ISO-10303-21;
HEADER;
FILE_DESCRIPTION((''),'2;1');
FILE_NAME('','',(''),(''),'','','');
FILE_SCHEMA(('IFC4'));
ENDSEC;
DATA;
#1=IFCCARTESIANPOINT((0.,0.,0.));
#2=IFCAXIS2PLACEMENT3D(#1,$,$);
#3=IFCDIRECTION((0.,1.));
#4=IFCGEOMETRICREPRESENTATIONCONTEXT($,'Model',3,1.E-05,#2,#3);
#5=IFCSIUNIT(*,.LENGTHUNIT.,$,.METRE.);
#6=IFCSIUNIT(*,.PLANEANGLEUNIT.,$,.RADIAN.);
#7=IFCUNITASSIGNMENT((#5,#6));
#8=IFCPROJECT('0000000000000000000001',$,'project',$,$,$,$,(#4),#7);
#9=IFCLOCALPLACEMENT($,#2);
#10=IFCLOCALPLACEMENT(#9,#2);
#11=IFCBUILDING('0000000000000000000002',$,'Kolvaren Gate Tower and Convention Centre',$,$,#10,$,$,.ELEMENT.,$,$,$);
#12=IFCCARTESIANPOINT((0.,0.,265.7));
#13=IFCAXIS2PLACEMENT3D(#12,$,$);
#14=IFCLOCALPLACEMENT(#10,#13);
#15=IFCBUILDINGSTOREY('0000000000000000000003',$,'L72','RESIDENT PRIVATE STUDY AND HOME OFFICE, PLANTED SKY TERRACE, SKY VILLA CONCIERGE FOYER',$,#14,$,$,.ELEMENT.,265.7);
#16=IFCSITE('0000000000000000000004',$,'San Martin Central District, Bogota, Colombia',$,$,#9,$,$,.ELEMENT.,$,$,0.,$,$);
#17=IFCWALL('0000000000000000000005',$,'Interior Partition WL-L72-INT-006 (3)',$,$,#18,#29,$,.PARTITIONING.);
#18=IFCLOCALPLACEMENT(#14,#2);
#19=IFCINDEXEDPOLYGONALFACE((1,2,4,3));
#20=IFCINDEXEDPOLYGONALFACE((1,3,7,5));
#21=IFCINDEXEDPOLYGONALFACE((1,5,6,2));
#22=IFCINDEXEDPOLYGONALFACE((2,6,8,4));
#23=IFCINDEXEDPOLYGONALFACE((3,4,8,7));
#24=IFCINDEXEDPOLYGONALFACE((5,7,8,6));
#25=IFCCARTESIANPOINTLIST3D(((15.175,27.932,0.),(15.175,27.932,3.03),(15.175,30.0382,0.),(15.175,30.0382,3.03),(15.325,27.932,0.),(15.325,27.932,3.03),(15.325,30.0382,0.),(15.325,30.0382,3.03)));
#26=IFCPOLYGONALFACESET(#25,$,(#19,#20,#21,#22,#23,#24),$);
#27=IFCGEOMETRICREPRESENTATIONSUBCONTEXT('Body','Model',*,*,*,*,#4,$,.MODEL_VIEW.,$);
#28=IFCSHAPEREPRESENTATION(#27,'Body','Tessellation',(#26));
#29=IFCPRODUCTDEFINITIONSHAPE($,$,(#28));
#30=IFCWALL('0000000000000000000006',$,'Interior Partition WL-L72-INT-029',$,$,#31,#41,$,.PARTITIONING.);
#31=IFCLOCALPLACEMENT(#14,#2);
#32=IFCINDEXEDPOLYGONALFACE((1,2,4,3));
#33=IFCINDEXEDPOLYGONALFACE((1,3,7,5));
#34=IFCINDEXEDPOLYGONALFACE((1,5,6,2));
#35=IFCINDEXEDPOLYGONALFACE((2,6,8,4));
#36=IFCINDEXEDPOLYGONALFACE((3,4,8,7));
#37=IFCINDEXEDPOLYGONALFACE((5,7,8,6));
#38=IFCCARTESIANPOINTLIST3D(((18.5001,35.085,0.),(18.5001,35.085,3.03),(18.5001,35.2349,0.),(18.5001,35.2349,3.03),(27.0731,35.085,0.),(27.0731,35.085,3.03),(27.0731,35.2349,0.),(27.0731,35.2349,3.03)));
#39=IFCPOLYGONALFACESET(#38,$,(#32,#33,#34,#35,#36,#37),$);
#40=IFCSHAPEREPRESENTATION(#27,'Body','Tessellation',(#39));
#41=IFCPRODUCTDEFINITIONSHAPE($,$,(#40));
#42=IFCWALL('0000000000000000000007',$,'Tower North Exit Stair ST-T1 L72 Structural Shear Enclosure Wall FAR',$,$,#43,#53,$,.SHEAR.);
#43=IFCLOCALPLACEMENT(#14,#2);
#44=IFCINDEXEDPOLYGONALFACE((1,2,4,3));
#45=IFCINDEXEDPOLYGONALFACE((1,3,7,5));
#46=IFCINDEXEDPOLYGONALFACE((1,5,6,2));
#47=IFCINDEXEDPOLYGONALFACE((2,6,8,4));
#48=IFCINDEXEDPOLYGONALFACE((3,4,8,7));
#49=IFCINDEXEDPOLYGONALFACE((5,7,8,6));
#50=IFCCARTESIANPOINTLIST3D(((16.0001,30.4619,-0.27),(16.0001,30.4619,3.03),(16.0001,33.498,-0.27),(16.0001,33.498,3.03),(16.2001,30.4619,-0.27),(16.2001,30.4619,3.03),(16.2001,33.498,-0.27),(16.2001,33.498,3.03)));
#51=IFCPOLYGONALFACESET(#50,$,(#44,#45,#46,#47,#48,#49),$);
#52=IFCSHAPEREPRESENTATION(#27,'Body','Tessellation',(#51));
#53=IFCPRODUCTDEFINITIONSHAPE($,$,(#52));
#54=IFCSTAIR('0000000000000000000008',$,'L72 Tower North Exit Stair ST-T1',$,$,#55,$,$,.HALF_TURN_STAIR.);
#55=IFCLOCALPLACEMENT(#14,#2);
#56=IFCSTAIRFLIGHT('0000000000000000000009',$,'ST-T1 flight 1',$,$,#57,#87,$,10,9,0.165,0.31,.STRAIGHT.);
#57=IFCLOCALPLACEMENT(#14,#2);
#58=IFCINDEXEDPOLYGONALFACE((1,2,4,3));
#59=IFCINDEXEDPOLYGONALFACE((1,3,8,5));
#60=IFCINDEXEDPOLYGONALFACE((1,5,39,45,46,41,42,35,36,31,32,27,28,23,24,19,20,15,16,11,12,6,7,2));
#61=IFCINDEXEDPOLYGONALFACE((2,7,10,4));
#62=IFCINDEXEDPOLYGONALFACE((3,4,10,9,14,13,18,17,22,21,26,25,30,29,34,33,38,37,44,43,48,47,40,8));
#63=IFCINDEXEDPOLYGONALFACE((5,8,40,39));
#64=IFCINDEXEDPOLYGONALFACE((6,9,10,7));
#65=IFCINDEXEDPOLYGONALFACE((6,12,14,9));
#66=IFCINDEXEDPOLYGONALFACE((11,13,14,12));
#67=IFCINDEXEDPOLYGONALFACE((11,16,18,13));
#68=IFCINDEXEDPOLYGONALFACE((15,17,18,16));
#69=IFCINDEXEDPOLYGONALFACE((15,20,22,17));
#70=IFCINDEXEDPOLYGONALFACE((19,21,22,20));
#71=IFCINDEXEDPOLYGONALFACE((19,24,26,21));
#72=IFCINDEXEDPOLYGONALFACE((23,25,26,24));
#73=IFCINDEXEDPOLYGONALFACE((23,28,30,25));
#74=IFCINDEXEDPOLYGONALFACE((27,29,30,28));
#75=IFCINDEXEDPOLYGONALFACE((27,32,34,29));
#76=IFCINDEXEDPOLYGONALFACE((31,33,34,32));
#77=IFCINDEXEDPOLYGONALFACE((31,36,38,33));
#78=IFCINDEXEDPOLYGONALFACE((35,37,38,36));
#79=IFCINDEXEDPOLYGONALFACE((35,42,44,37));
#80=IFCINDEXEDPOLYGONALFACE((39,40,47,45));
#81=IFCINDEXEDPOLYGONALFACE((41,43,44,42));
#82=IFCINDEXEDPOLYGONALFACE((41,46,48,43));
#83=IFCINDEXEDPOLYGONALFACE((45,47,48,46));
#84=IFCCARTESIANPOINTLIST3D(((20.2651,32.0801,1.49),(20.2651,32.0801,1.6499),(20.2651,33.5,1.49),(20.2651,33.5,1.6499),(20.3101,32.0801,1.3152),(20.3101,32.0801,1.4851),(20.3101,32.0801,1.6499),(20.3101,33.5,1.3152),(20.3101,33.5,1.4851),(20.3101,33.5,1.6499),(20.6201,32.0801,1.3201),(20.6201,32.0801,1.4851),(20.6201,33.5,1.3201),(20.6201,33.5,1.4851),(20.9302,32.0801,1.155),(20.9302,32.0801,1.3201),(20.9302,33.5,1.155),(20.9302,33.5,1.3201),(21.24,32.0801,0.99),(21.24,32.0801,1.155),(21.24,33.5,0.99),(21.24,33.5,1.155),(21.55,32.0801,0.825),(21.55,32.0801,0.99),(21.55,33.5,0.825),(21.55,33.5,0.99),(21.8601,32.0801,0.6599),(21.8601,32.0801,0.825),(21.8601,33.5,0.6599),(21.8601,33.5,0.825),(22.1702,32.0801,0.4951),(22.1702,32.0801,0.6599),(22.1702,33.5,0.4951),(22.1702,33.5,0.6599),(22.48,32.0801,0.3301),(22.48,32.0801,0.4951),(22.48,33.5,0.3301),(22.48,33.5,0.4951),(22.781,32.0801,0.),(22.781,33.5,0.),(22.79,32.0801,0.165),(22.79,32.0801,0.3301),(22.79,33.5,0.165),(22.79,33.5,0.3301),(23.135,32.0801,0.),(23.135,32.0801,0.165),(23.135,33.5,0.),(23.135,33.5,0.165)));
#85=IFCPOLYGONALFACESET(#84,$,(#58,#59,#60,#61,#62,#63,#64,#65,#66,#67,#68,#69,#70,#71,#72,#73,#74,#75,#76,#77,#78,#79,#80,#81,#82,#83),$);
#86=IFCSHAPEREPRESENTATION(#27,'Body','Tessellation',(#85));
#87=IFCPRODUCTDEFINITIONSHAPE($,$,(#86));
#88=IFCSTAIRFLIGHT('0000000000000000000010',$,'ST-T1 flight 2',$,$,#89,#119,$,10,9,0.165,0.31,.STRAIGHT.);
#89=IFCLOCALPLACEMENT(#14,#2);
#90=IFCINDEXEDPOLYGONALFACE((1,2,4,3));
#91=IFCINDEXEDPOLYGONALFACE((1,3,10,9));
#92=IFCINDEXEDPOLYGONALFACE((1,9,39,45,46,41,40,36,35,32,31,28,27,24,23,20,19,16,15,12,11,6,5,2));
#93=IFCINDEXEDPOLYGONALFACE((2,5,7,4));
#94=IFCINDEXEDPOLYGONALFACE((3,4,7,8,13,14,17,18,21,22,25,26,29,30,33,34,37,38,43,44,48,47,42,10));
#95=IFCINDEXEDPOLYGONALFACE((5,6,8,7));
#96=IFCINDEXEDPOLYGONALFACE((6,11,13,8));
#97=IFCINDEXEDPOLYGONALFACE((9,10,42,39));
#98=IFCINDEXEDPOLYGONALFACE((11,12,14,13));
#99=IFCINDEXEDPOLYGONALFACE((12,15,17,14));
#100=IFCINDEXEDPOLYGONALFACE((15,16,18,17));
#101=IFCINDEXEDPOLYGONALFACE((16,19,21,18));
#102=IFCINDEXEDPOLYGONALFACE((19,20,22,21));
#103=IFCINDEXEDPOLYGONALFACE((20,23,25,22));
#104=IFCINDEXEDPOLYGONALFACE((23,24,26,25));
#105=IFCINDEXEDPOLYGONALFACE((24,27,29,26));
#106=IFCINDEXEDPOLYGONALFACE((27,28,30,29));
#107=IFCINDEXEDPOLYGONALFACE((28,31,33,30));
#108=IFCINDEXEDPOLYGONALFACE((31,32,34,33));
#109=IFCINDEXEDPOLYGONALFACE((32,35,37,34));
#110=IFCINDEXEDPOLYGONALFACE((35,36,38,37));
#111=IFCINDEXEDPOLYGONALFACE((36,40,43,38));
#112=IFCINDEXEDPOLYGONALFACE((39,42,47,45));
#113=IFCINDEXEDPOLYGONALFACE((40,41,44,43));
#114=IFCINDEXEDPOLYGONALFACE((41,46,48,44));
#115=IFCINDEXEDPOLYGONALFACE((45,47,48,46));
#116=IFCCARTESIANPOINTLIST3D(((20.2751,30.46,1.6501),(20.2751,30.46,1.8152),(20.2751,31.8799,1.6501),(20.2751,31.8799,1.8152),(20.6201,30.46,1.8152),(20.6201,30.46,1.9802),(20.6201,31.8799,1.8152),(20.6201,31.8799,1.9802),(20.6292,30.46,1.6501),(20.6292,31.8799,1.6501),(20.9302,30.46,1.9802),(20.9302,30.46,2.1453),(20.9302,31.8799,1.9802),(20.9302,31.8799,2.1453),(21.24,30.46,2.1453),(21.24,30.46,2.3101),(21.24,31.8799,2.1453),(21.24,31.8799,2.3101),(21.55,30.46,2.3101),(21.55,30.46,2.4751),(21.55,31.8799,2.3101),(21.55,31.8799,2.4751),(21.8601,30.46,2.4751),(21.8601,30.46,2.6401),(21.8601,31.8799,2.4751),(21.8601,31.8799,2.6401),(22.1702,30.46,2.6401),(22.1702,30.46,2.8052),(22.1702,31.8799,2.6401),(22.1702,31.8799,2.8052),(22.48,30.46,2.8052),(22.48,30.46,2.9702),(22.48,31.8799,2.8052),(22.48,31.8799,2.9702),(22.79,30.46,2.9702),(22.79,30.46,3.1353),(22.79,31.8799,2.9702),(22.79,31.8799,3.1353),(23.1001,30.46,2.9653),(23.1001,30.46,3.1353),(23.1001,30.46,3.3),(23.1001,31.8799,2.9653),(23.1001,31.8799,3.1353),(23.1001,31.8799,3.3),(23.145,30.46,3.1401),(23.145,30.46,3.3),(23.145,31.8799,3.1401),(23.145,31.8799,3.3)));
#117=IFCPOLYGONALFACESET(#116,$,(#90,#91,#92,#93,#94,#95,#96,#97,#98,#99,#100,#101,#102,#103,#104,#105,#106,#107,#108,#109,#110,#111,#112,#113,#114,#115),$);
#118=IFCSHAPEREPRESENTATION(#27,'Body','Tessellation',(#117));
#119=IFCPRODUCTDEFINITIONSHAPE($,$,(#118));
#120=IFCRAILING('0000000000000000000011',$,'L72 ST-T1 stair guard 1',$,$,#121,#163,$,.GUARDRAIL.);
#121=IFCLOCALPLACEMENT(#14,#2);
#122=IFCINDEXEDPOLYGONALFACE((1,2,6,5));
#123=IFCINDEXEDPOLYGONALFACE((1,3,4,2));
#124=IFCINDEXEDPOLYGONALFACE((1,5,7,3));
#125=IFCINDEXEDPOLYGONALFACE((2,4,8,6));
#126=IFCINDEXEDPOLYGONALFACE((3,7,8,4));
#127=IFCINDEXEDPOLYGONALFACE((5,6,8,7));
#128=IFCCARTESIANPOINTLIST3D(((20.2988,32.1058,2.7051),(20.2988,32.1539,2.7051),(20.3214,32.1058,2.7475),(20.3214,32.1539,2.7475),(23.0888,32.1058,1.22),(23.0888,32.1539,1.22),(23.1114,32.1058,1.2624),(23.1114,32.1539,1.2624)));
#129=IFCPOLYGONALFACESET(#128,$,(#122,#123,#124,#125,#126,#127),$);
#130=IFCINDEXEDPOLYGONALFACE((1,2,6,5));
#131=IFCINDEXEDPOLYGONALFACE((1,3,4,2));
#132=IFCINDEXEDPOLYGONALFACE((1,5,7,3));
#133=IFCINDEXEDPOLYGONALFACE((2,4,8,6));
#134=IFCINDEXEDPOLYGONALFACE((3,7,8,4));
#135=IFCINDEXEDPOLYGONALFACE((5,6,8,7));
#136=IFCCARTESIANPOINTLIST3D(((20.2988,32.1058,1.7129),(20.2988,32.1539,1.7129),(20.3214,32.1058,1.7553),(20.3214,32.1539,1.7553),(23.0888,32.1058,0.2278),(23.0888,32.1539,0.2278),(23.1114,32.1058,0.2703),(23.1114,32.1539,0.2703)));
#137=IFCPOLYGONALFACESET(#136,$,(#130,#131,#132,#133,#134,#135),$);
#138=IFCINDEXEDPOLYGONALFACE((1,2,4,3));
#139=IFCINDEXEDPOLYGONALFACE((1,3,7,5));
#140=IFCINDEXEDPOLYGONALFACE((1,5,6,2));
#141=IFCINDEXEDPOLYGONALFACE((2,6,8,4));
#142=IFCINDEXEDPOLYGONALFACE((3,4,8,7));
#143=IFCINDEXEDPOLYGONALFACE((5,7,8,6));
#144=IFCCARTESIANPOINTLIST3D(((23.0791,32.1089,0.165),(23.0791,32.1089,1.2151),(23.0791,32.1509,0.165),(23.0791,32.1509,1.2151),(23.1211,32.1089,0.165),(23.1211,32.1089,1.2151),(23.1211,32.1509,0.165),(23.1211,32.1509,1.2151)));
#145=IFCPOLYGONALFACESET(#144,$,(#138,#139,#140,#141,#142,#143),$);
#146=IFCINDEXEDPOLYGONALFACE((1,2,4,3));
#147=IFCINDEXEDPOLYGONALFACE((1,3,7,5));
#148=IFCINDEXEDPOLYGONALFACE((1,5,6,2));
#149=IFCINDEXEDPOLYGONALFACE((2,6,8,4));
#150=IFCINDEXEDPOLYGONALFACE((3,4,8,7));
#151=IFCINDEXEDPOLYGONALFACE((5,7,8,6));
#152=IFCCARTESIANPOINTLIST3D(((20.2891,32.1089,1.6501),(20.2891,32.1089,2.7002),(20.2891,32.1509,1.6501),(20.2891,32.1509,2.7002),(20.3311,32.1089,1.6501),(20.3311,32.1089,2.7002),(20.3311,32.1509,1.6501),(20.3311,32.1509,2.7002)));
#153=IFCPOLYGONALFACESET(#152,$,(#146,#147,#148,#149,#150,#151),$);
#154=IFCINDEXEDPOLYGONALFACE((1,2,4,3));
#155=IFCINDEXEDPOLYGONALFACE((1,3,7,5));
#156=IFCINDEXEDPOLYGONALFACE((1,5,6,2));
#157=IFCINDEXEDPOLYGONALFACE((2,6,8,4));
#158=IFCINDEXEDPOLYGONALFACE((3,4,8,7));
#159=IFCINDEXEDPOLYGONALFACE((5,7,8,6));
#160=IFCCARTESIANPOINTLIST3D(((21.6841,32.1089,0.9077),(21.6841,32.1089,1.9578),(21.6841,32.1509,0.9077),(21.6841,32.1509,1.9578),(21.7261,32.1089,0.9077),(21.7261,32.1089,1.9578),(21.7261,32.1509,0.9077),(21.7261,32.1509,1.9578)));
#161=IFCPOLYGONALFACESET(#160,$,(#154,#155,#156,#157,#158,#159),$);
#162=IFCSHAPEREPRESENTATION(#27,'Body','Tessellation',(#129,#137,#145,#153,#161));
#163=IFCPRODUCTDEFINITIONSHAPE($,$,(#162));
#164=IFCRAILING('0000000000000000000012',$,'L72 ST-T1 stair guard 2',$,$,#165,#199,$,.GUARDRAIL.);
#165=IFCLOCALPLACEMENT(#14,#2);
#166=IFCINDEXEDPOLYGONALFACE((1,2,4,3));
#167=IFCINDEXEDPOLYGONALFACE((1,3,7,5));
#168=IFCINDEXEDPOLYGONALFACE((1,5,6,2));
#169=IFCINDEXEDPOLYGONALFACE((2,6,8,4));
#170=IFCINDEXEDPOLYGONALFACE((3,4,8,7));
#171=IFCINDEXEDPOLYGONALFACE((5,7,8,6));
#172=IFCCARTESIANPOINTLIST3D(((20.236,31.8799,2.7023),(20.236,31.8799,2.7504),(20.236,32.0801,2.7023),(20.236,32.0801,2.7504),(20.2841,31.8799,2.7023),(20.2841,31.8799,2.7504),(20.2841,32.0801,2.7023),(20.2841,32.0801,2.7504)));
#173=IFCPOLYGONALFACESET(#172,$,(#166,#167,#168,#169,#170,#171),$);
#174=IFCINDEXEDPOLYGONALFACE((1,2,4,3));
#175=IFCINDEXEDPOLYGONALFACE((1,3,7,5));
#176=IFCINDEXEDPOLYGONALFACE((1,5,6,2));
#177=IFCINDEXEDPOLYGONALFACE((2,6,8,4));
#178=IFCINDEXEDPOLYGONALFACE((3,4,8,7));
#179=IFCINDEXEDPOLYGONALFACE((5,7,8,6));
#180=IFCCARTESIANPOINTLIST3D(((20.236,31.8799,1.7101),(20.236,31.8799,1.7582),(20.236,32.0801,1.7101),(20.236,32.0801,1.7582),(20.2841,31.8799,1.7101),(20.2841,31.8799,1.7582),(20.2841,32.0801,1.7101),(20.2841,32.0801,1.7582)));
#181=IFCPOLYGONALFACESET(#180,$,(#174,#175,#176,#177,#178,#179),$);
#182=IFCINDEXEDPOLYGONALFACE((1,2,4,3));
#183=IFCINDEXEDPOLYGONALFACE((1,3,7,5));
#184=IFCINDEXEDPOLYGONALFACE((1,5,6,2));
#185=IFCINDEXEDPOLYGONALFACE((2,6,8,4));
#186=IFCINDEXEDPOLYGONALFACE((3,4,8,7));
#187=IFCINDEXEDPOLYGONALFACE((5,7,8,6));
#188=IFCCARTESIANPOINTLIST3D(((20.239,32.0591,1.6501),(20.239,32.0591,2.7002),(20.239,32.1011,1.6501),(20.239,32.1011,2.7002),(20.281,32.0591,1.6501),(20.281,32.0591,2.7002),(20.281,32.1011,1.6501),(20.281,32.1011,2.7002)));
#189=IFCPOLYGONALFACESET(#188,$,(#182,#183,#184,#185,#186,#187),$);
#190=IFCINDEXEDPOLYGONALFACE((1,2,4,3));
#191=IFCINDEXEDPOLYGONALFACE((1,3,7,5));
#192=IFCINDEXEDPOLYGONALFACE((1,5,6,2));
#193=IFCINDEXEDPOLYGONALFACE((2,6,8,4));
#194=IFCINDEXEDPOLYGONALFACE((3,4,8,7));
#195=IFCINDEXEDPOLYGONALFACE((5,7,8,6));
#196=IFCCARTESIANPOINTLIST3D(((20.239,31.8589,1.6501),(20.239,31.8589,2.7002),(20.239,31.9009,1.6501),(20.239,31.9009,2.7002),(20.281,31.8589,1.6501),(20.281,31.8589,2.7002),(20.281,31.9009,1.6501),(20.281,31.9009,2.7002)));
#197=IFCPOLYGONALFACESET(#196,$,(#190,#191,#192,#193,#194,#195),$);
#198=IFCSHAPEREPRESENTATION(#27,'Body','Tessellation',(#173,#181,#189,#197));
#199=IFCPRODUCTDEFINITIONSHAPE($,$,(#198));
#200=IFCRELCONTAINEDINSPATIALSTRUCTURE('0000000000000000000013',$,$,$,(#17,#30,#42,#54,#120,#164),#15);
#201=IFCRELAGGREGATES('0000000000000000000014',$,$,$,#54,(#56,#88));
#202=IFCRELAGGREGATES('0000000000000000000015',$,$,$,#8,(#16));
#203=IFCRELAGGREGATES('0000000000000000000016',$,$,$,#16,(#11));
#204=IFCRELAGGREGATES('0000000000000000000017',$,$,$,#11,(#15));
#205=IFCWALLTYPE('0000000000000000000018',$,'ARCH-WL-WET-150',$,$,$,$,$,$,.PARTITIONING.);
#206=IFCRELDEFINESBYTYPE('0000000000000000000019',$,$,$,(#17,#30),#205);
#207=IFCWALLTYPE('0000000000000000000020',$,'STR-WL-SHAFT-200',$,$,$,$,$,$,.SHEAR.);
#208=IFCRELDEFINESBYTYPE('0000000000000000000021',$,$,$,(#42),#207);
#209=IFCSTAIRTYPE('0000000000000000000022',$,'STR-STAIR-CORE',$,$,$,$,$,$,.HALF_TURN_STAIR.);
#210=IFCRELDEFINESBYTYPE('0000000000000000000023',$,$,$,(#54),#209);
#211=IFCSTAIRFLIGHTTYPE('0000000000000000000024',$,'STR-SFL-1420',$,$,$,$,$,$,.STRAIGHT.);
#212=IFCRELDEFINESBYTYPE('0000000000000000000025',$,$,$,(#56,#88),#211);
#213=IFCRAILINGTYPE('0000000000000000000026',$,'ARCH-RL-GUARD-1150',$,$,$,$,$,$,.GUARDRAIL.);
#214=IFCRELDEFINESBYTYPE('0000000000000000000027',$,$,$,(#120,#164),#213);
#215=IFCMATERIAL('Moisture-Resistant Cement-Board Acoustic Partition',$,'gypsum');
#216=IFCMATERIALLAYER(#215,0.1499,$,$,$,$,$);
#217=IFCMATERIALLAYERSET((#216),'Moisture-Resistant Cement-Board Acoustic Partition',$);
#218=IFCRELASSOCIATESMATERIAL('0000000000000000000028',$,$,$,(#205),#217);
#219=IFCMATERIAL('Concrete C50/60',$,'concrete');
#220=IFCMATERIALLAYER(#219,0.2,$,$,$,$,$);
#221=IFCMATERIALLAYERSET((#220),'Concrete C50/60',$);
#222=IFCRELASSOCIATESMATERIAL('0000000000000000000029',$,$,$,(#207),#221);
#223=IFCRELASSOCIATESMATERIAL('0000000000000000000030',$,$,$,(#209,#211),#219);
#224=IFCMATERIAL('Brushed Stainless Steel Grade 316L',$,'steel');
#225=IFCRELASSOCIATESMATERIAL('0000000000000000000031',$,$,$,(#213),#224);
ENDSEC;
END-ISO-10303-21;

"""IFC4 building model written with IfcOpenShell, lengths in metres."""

from ifc_helpers import new_model, si_unit, direction, frame, frame_2d, origin, origin_2d, place, context, subcontext, project, spatial, polyline, rectangle, outline, extrude, material, layer, layer_set, type_object, element, aggregate, save


model = new_model("IFC4")

# Units and contexts
model_context = context("Model", 3, precision=1e-05, world=origin(), true_north=direction((0.0, 1.0)))
body_context = subcontext(model_context, "Body", "Model", "MODEL_VIEW")
ifc_project = project(units=[si_unit("LENGTHUNIT", "METRE"), si_unit("PLANEANGLEUNIT", "RADIAN")], contexts=[model_context])

# Site, building, storey
site_placement = place(None, origin())
site = spatial("IfcSite", under=ifc_project, at=site_placement, Name="San Martin Central District, Bogota, Colombia", CompositionType="ELEMENT", RefElevation=0.0)
building_placement = place(site_placement, origin())
building = spatial("IfcBuilding", under=site, at=building_placement, Name="Kolvaren Gate Tower and Convention Centre", CompositionType="ELEMENT")
storey_placement = place(building_placement, frame((0.0, 0.0, 265.7)))
storey = spatial("IfcBuildingStorey", under=building, at=storey_placement, Name="L72", Description="RESIDENT PRIVATE STUDY AND HOME OFFICE, PLANTED SKY TERRACE, SKY VILLA CONCIERGE FOYER", CompositionType="ELEMENT", Elevation=265.7)

# Walls
ifc_material_1 = material(Name="Moisture-Resistant Cement-Board Acoustic Partition", Category="gypsum")
ifc_layer_1 = layer(ifc_material_1, 0.1499)
ifc_layer_set_1 = layer_set([ifc_layer_1], Name="Moisture-Resistant Cement-Board Acoustic Partition")
wall_type_1 = type_object("IfcWallType", Name="ARCH-WL-WET-150", PredefinedType="PARTITIONING", material=ifc_layer_set_1)
wall_1_placement = place(storey_placement, frame((15.25, 27.9319, 0.0), z_axis=(0.0, 0.0, 1.0), x_axis=(0.0, 1.0, 0.0)))
element("IfcWall", 1, at=wall_1_placement, inside=storey, type_object=wall_type_1, Name="Interior Partition WL-L72-INT-006 (3)", PredefinedType="PARTITIONING", context=body_context, shape_type="SweptSolid", body=[
    extrude(rectangle(XDim=2.1062, YDim=0.1499, at=frame_2d((1.0532, 0.0))), origin(), (0.0, 0.0, 1.0), 3.03),
])
wall_2_placement = place(storey_placement, frame((18.5, 35.1599, 0.0), z_axis=(0.0, 0.0, 1.0), x_axis=(1.0, 0.0, 0.0)))
element("IfcWall", 2, at=wall_2_placement, inside=storey, type_object=wall_type_1, Name="Interior Partition WL-L72-INT-029", PredefinedType="PARTITIONING", context=body_context, shape_type="SweptSolid", body=[
    extrude(rectangle(XDim=8.573, YDim=0.1499, at=frame_2d((4.2866, 0.0))), origin(), (0.0, 0.0, 1.0), 3.03),
])
ifc_material_2 = material(Name="Concrete C50/60", Category="concrete")
ifc_layer_2 = layer(ifc_material_2, 0.2)
ifc_layer_set_2 = layer_set([ifc_layer_2], Name="Concrete C50/60")
wall_type_2 = type_object("IfcWallType", Name="STR-WL-SHAFT-200", PredefinedType="SHEAR", material=ifc_layer_set_2)
wall_3_placement = place(storey_placement, frame((16.1001, 30.4619, -0.27), z_axis=(0.0, 0.0, 1.0), x_axis=(0.0, 1.0, 0.0)))
element("IfcWall", 3, at=wall_3_placement, inside=storey, type_object=wall_type_2, Name="Tower North Exit Stair ST-T1 L72 Structural Shear Enclosure Wall FAR", PredefinedType="SHEAR", context=body_context, shape_type="SweptSolid", body=[
    extrude(rectangle(XDim=3.0361, YDim=0.2, at=frame_2d((1.5181, 0.0))), origin(), (0.0, 0.0, 1.0), 3.3),
])

# Stair, stair flights
stair_type = type_object("IfcStairType", Name="STR-STAIR-CORE", PredefinedType="HALF_TURN_STAIR", material=ifc_material_2)
stair_placement = place(storey_placement, origin())
stair = element("IfcStair", 4, at=stair_placement, inside=storey, type_object=stair_type, Name="L72 Tower North Exit Stair ST-T1", PredefinedType="HALF_TURN_STAIR")
stair_flight_type = type_object("IfcStairFlightType", Name="STR-SFL-1420", PredefinedType="STRAIGHT", material=ifc_material_2)
stair_flight_1_placement = place(storey_placement, frame((23.1001, 32.79, 0.0), z_axis=(0.0, 0.0, 1.0), x_axis=(-1.0, 0.0, 0.0)))
stair_flight_1 = element("IfcStairFlight", 5, at=stair_flight_1_placement, type_object=stair_flight_type, Name="ST-T1 flight 1", NumberOfRisers=10, NumberOfTreads=9, PredefinedType="STRAIGHT", RiserHeight=0.165, TreadLength=0.31, context=body_context, shape_type="SweptSolid", body=[
    extrude(outline(polyline([(-0.0349, 0.0), (-0.0349, 0.165), (0.3101, 0.165), (0.3101, 0.3301), (0.6201, 0.3301), (0.6201, 0.4951), (0.9299, 0.4951), (0.9299, 0.6599), (1.24, 0.6599), (1.24, 0.825), (1.55, 0.825), (1.55, 0.99), (1.8601, 0.99), (1.8601, 1.155), (2.1699, 1.155), (2.1699, 1.3201), (2.48, 1.3201), (2.48, 1.4851), (2.79, 1.4851), (2.79, 1.6499), (2.835, 1.6499), (2.835, 1.49), (2.79, 1.3152), (0.3191, 0.0), (-0.0349, 0.0)])), frame((0.0, 0.71, 0.0), z_axis=(0.0, -1.0, 0.0), x_axis=(1.0, 0.0, 0.0)), (0.0, 0.0, 1.0), 1.4199),
])
stair_flight_2_placement = place(storey_placement, frame((20.3101, 31.1699, 1.6501), z_axis=(0.0, 0.0, 1.0), x_axis=(1.0, 0.0, 0.0)))
stair_flight_2 = element("IfcStairFlight", 6, at=stair_flight_2_placement, type_object=stair_flight_type, Name="ST-T1 flight 2", NumberOfRisers=10, NumberOfTreads=9, PredefinedType="STRAIGHT", RiserHeight=0.165, TreadLength=0.31, context=body_context, shape_type="SweptSolid", body=[
    extrude(outline(polyline([(-0.0349, 0.0), (-0.0349, 0.165), (0.3101, 0.165), (0.3101, 0.3301), (0.6201, 0.3301), (0.6201, 0.4951), (0.9299, 0.4951), (0.9299, 0.6599), (1.24, 0.6599), (1.24, 0.825), (1.55, 0.825), (1.55, 0.99), (1.8601, 0.99), (1.8601, 1.155), (2.1699, 1.155), (2.1699, 1.3201), (2.48, 1.3201), (2.48, 1.4851), (2.79, 1.4851), (2.79, 1.6499), (2.835, 1.6499), (2.835, 1.49), (2.79, 1.3152), (0.3191, 0.0), (-0.0349, 0.0)])), frame((0.0, 0.71, 0.0), z_axis=(0.0, -1.0, 0.0), x_axis=(1.0, 0.0, 0.0)), (0.0, 0.0, 1.0), 1.4199),
])
aggregate(stair, [stair_flight_1, stair_flight_2])

# Railings
ifc_material_3 = material(Name="Brushed Stainless Steel Grade 316L", Category="steel")
railing_type_1 = type_object("IfcRailingType", Name="ARCH-RL-GUARD-1150", PredefinedType="GUARDRAIL", material=ifc_material_3)
railing_1_placement = place(storey_placement, frame((23.1001, 32.1299, 0.165)))
element("IfcRailing", 7, at=railing_1_placement, inside=storey, type_object=railing_type_1, Name="L72 ST-T1 stair guard 1", PredefinedType="GUARDRAIL", context=body_context, shape_type="SweptSolid", body=[
    extrude(rectangle(XDim=0.0481, YDim=0.0481, at=origin_2d()), frame((0.0, 0.0, 1.0762), z_axis=(-0.882735, 0.0, 0.46987), x_axis=(0.0, -1.0, 0.0)), (0.0, 0.0, 1.0), 3.1606),
    extrude(rectangle(XDim=0.0481, YDim=0.0481, at=origin_2d()), frame((0.0, 0.0, 0.084), z_axis=(-0.882735, 0.0, 0.46987), x_axis=(0.0, -1.0, 0.0)), (0.0, 0.0, 1.0), 3.1606),
    extrude(rectangle(XDim=0.042, YDim=0.042, at=origin_2d()), origin(), (0.0, 0.0, 1.0), 1.05),
    extrude(rectangle(XDim=0.042, YDim=0.042, at=origin_2d()), frame((-2.79, 0.0, 1.4851)), (0.0, 0.0, 1.0), 1.05),
    extrude(rectangle(XDim=0.042, YDim=0.042, at=origin_2d()), frame((-1.395, 0.0, 0.7427)), (0.0, 0.0, 1.0), 1.05),
])
railing_2_placement = place(storey_placement, frame((20.26, 32.0801, 1.6501)))
element("IfcRailing", 8, at=railing_2_placement, inside=storey, type_object=railing_type_1, Name="L72 ST-T1 stair guard 2", PredefinedType="GUARDRAIL", context=body_context, shape_type="SweptSolid", body=[
    extrude(rectangle(XDim=0.0481, YDim=0.0481, at=origin_2d()), frame((0.0, 0.0, 1.0762), z_axis=(0.0, -1.0, 0.0), x_axis=(1.0, 0.0, 0.0)), (0.0, 0.0, 1.0), 0.2002),
    extrude(rectangle(XDim=0.0481, YDim=0.0481, at=origin_2d()), frame((0.0, 0.0, 0.084), z_axis=(0.0, -1.0, 0.0), x_axis=(1.0, 0.0, 0.0)), (0.0, 0.0, 1.0), 0.2002),
    extrude(rectangle(XDim=0.042, YDim=0.042, at=origin_2d()), origin(), (0.0, 0.0, 1.0), 1.05),
    extrude(rectangle(XDim=0.042, YDim=0.042, at=origin_2d()), frame((0.0, -0.2002, 0.0)), (0.0, 0.0, 1.0), 1.05),
])

save(model, "model.ifc")
